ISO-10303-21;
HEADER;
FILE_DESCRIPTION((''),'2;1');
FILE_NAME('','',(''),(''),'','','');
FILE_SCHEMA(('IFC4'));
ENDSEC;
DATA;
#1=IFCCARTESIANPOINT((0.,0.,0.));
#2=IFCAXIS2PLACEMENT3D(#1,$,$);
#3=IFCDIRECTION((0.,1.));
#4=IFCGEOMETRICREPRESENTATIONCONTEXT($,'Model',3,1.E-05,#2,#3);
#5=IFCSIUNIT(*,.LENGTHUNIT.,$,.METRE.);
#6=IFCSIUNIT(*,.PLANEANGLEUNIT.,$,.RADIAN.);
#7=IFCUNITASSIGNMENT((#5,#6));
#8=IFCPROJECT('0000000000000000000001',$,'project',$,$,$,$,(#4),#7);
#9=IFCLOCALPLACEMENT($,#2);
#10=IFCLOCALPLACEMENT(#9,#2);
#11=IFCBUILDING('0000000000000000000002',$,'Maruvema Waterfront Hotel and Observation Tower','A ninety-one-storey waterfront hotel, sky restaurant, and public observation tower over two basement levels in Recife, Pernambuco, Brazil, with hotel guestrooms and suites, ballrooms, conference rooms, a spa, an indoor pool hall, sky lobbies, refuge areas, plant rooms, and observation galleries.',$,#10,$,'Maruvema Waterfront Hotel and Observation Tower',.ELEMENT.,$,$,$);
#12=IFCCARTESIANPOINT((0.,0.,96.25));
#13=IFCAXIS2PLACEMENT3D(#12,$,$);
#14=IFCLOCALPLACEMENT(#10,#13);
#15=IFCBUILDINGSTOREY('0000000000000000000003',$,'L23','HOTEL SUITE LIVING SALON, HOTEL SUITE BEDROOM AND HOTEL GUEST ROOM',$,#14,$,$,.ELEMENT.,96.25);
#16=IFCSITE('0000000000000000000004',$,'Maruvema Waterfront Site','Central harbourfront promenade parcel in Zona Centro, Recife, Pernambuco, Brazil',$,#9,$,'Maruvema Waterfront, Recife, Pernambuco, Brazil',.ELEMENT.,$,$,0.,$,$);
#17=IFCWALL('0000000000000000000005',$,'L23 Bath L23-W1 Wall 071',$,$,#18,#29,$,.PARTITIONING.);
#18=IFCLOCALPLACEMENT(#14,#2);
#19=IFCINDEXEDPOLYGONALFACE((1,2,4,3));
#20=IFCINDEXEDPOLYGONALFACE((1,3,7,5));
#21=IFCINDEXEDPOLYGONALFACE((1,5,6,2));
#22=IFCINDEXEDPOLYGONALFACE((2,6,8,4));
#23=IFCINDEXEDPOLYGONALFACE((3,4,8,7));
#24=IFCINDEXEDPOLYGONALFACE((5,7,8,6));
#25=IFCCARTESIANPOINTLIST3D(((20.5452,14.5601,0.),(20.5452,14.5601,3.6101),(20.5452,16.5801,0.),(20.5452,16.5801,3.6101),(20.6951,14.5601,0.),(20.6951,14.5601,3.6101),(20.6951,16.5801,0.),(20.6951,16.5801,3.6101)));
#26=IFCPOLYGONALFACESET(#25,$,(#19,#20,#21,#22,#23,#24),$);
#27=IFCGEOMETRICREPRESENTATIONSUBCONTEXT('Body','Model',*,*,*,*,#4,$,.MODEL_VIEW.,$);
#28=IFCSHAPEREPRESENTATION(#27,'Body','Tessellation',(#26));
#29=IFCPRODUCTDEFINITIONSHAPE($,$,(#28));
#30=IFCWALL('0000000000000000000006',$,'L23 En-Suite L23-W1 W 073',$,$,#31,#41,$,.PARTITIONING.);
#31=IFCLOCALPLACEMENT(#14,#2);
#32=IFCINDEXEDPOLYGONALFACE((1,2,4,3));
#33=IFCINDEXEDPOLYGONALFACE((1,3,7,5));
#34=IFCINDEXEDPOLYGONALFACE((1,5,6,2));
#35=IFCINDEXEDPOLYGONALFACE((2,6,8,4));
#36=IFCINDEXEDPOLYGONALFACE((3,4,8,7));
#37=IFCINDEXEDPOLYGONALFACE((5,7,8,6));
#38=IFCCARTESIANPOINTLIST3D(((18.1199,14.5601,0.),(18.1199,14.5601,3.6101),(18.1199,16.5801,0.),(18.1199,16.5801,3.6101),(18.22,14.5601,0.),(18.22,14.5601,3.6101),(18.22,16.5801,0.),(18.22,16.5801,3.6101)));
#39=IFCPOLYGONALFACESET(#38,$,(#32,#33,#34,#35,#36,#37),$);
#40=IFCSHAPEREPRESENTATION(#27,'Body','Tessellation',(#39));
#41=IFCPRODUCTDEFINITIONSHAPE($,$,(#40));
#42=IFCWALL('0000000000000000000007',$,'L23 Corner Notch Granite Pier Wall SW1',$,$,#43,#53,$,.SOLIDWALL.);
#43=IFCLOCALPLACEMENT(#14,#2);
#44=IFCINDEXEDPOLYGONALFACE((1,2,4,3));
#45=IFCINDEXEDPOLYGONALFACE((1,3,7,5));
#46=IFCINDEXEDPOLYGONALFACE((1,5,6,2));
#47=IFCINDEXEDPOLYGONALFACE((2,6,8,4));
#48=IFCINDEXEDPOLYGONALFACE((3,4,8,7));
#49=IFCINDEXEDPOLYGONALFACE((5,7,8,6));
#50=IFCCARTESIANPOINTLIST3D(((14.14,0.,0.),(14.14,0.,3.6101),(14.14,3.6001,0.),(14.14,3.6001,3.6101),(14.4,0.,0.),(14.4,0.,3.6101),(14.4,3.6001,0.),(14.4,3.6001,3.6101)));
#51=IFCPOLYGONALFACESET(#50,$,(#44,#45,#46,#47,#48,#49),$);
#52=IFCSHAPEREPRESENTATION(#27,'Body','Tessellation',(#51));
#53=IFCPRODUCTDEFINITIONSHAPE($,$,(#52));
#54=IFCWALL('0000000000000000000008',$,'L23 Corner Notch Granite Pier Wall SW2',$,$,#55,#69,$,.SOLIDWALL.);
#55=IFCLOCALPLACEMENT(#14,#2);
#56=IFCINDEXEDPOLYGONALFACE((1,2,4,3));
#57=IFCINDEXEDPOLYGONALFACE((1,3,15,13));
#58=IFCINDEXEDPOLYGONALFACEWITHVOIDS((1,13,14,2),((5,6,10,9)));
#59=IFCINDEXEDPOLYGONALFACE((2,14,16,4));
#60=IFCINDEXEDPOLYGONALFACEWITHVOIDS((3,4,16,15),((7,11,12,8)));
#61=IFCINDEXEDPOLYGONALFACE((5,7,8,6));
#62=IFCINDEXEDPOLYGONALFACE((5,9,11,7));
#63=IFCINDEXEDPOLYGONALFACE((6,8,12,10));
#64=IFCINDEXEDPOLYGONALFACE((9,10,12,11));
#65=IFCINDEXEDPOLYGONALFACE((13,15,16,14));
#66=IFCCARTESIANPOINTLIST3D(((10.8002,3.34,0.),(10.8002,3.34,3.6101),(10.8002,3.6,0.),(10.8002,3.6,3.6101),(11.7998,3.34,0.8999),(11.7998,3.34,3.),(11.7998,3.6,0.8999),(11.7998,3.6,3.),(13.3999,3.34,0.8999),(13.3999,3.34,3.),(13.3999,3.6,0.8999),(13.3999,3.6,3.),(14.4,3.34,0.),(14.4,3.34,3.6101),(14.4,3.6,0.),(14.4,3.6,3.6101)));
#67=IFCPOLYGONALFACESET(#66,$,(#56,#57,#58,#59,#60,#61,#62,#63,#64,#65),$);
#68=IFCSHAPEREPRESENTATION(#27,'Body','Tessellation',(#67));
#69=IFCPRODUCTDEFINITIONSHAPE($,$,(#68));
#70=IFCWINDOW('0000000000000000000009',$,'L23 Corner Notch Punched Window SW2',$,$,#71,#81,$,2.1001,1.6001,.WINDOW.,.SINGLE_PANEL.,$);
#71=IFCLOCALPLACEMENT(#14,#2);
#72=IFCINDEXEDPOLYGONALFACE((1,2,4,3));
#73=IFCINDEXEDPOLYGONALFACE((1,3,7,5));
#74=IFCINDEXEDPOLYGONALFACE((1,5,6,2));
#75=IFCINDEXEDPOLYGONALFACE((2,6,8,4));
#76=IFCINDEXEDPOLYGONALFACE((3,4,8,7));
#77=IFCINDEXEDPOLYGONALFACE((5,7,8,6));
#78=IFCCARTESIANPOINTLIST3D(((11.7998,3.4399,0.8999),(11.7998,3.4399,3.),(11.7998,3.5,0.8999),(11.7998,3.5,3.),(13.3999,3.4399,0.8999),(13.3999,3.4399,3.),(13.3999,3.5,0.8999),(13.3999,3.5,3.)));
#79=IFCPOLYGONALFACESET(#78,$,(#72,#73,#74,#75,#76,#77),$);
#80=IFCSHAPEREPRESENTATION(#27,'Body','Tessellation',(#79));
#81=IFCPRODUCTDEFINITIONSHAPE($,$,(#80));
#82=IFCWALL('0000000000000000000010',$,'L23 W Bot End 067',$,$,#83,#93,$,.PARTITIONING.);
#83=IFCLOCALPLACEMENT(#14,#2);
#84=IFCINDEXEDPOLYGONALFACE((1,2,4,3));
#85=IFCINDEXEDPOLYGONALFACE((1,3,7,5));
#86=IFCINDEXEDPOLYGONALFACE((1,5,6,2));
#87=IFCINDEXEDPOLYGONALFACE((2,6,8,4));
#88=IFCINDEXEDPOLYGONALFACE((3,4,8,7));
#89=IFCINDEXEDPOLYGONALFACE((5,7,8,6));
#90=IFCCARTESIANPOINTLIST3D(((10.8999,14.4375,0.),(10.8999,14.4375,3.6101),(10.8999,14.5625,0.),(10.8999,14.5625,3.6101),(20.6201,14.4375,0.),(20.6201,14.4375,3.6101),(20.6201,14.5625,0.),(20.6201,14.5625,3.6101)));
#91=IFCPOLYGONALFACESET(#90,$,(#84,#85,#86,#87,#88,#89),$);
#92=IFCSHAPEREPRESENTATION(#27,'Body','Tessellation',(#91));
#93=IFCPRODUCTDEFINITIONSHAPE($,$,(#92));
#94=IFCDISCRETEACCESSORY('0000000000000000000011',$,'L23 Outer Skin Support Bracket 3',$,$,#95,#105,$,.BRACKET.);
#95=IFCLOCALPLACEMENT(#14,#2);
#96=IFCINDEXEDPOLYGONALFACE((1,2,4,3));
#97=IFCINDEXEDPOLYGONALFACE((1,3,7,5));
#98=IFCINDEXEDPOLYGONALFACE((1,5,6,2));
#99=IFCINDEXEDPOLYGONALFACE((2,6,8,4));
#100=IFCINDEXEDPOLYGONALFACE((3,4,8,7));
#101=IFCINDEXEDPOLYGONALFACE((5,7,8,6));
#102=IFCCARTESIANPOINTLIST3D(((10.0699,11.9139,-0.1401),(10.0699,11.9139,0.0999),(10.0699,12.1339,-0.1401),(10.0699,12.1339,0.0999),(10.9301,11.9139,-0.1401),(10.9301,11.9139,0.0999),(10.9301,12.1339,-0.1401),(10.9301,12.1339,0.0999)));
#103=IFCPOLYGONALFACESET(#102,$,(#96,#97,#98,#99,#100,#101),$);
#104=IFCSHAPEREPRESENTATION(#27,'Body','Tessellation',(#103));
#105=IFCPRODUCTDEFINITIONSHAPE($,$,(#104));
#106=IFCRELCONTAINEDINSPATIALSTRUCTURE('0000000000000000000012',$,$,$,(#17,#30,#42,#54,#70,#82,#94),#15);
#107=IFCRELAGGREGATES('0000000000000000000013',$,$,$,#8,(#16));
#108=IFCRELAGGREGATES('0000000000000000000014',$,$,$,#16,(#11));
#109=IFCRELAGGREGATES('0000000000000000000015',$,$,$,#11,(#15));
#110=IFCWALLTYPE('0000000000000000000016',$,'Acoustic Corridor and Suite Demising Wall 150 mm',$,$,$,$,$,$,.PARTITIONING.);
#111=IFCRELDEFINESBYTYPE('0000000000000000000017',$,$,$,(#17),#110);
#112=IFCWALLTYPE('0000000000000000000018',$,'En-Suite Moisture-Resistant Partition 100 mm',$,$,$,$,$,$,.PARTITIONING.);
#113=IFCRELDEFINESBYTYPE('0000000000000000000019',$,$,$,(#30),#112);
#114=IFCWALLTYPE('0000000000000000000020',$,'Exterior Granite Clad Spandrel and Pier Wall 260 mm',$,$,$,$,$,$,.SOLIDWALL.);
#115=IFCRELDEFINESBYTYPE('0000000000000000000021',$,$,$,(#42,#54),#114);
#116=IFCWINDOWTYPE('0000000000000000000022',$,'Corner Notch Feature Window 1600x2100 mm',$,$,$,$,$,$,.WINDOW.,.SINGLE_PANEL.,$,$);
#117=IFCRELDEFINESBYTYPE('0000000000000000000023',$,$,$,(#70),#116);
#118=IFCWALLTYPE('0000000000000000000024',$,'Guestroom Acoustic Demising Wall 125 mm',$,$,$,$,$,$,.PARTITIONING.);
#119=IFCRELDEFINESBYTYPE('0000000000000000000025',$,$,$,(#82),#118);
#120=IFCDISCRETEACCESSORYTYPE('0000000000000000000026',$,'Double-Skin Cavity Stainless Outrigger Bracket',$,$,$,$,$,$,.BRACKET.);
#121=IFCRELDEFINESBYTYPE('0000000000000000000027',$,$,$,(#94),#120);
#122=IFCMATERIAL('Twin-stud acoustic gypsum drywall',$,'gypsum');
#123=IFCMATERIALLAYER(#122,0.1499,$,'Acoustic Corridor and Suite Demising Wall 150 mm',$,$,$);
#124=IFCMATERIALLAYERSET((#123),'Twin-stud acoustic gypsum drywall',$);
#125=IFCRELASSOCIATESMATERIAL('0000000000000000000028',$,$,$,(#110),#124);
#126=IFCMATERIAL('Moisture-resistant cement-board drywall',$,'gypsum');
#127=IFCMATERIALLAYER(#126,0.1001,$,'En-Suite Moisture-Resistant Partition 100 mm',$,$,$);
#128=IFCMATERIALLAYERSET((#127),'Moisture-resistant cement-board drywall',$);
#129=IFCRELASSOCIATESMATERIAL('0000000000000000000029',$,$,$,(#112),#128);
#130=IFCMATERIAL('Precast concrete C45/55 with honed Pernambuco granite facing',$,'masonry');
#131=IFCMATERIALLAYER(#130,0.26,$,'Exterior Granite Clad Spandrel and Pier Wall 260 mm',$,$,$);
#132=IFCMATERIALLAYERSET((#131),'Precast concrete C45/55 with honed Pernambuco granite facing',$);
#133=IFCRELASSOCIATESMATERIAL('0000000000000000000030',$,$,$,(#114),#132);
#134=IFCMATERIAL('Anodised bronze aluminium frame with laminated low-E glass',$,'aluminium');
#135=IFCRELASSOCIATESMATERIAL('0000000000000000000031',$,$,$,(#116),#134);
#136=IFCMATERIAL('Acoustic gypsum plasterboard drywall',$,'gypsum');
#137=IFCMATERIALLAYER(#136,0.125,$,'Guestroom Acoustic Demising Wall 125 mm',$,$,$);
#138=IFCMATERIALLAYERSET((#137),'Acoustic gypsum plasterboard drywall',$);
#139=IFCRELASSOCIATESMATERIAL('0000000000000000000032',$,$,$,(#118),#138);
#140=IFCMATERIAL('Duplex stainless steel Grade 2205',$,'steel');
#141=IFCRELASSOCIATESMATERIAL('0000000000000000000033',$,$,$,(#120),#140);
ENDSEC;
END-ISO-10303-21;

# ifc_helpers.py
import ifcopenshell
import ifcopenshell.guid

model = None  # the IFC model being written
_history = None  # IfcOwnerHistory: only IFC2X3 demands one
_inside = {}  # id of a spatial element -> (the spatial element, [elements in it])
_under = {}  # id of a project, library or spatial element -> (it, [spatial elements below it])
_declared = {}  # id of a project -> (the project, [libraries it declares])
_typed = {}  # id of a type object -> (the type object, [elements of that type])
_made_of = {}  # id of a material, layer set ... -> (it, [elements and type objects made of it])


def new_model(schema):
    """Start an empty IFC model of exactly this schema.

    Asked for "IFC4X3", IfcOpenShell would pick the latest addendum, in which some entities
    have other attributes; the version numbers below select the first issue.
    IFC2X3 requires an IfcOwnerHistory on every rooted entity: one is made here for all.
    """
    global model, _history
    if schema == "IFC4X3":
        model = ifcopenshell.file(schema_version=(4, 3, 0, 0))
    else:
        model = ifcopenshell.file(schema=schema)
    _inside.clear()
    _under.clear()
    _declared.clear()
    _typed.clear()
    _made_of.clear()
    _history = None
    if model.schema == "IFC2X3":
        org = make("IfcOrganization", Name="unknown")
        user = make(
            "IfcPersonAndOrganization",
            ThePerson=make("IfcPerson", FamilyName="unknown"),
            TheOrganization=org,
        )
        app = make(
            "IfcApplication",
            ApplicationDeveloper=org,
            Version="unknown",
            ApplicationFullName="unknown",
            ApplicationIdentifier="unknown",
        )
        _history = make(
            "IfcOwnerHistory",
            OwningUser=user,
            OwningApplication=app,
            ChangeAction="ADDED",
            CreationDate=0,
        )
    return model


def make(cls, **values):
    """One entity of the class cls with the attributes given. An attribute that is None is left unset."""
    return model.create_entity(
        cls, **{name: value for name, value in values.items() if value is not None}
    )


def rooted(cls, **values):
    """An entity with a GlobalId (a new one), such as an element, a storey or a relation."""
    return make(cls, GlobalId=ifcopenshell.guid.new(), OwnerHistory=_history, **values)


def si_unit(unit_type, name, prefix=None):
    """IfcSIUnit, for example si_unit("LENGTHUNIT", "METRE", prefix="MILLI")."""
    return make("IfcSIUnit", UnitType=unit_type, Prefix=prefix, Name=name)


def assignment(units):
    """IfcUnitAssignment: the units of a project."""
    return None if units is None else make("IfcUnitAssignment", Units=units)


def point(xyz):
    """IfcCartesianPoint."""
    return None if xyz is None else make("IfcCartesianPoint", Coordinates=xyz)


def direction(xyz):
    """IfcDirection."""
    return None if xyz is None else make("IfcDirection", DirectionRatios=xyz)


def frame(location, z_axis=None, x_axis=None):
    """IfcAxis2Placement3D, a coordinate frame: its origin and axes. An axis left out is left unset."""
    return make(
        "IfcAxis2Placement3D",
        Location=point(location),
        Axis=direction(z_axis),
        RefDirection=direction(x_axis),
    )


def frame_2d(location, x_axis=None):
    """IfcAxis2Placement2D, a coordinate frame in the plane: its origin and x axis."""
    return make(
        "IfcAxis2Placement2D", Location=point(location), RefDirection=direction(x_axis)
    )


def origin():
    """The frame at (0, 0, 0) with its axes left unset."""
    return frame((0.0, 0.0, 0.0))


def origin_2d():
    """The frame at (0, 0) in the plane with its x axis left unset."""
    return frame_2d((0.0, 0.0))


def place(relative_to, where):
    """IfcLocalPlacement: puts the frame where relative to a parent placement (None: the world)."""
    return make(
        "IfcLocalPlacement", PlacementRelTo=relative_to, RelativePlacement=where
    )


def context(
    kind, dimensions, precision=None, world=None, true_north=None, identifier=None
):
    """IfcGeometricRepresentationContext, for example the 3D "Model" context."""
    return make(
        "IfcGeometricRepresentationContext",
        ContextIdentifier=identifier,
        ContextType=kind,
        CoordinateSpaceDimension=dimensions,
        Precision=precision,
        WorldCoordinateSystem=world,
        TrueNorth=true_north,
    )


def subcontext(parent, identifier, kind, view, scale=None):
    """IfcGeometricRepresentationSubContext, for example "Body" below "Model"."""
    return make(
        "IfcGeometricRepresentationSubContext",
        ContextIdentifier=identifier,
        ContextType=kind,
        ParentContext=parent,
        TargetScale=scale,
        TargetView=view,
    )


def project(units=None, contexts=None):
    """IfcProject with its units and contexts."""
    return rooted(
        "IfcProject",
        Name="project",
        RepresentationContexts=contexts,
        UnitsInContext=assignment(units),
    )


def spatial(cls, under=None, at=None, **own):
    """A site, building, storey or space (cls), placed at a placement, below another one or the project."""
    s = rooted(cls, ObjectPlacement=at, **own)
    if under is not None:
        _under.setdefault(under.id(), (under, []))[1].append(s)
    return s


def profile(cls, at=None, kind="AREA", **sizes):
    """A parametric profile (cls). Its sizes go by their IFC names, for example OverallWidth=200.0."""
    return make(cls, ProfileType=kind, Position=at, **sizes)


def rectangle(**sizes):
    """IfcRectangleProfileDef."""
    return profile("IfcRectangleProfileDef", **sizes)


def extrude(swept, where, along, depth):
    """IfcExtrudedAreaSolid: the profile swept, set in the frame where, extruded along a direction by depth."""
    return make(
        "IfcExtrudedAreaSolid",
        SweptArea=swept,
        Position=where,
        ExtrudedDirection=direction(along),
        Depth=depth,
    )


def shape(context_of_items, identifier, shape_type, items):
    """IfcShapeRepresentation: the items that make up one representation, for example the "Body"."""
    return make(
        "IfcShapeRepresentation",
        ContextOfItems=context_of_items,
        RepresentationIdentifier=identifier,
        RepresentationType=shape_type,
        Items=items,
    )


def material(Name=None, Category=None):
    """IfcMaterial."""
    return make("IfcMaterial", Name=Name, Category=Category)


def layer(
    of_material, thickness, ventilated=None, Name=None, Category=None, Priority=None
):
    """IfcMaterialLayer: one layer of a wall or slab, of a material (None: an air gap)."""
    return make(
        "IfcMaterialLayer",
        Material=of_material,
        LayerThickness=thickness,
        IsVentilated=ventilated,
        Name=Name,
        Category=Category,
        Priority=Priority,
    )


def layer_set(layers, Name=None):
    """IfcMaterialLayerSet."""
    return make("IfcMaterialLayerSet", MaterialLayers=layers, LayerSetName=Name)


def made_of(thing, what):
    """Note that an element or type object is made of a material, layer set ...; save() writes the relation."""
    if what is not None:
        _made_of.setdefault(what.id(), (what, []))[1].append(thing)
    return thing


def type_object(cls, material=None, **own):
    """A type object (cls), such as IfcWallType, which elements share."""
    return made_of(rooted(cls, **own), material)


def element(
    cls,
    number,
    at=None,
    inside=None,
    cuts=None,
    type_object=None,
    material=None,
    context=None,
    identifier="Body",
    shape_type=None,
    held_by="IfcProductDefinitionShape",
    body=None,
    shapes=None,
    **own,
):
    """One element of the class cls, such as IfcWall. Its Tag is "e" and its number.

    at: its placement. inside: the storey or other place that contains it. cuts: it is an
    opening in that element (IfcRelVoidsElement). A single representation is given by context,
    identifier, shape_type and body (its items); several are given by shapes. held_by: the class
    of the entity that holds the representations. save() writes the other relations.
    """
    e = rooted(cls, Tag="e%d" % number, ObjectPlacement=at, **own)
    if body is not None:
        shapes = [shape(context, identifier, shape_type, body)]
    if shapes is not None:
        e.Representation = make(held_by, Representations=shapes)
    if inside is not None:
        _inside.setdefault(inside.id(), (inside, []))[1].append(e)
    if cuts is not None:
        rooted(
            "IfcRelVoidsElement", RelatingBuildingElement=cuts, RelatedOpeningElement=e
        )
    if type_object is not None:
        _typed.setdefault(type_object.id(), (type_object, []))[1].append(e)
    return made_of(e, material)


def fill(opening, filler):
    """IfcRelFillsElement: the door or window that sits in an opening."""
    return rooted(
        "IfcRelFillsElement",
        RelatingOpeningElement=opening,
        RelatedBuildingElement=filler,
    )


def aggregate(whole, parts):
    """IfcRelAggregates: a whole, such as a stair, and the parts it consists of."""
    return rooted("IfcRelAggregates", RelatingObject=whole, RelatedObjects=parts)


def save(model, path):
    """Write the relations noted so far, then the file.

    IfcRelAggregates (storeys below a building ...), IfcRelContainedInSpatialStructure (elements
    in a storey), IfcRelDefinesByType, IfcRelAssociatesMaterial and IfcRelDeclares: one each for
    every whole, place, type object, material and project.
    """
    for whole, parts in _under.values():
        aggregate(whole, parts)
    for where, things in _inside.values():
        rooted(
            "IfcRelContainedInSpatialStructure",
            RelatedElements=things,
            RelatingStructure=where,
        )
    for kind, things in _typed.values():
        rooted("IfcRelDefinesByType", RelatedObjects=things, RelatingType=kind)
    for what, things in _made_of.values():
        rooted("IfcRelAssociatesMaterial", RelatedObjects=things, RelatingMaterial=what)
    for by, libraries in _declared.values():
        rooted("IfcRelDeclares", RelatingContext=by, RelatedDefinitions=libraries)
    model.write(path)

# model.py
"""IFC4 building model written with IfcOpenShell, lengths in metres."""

from ifc_helpers import new_model, si_unit, direction, frame, frame_2d, origin, origin_2d, place, context, subcontext, project, spatial, rectangle, extrude, material, layer, layer_set, type_object, element, fill, save


model = new_model("IFC4")

# Units and contexts
model_context = context("Model", 3, precision=1e-05, world=origin(), true_north=direction((0.0, 1.0)))
body_context = subcontext(model_context, "Body", "Model", "MODEL_VIEW")
ifc_project = project(units=[si_unit("LENGTHUNIT", "METRE"), si_unit("PLANEANGLEUNIT", "RADIAN")], contexts=[model_context])

# Site, building, storey
site_placement = place(None, origin())
site = spatial("IfcSite", under=ifc_project, at=site_placement, Name="Maruvema Waterfront Site", Description="Central harbourfront promenade parcel in Zona Centro, Recife, Pernambuco, Brazil", LongName="Maruvema Waterfront, Recife, Pernambuco, Brazil", CompositionType="ELEMENT", RefElevation=0.0)
building_placement = place(site_placement, origin())
building = spatial("IfcBuilding", under=site, at=building_placement, Name="Maruvema Waterfront Hotel and Observation Tower", Description="A ninety-one-storey waterfront hotel, sky restaurant, and public observation tower over two basement levels in Recife, Pernambuco, Brazil, with hotel guestrooms and suites, ballrooms, conference rooms, a spa, an indoor pool hall, sky lobbies, refuge areas, plant rooms, and observation galleries.", LongName="Maruvema Waterfront Hotel and Observation Tower", CompositionType="ELEMENT")
storey_placement = place(building_placement, frame((0.0, 0.0, 96.25)))
storey = spatial("IfcBuildingStorey", under=building, at=storey_placement, Name="L23", Description="HOTEL SUITE LIVING SALON, HOTEL SUITE BEDROOM AND HOTEL GUEST ROOM", CompositionType="ELEMENT", Elevation=96.25)

# Walls
ifc_material_1 = material(Name="Twin-stud acoustic gypsum drywall", Category="gypsum")
ifc_layer_1 = layer(ifc_material_1, 0.1499, Name="Acoustic Corridor and Suite Demising Wall 150 mm")
ifc_layer_set_1 = layer_set([ifc_layer_1], Name="Twin-stud acoustic gypsum drywall")
wall_type_1 = type_object("IfcWallType", Name="Acoustic Corridor and Suite Demising Wall 150 mm", PredefinedType="PARTITIONING", material=ifc_layer_set_1)
wall_1_placement = place(storey_placement, frame((20.6201, 14.5601, 0.0), z_axis=(0.0, 0.0, 1.0), x_axis=(0.0, 1.0, 0.0)))
element("IfcWall", 1, at=wall_1_placement, inside=storey, type_object=wall_type_1, Name="L23 Bath L23-W1 Wall 071", PredefinedType="PARTITIONING", context=body_context, shape_type="SweptSolid", body=[
    extrude(rectangle(XDim=2.02, YDim=0.1499, at=frame_2d((1.01, 0.0))), origin(), (0.0, 0.0, 1.0), 3.6101),
])
ifc_material_2 = material(Name="Moisture-resistant cement-board drywall", Category="gypsum")
ifc_layer_2 = layer(ifc_material_2, 0.1001, Name="En-Suite Moisture-Resistant Partition 100 mm")
ifc_layer_set_2 = layer_set([ifc_layer_2], Name="Moisture-resistant cement-board drywall")
wall_type_2 = type_object("IfcWallType", Name="En-Suite Moisture-Resistant Partition 100 mm", PredefinedType="PARTITIONING", material=ifc_layer_set_2)
wall_2_placement = place(storey_placement, frame((18.1699, 14.5601, 0.0), z_axis=(0.0, 0.0, 1.0), x_axis=(0.0, 1.0, 0.0)))
element("IfcWall", 2, at=wall_2_placement, inside=storey, type_object=wall_type_2, Name="L23 En-Suite L23-W1 W 073", PredefinedType="PARTITIONING", context=body_context, shape_type="SweptSolid", body=[
    extrude(rectangle(XDim=2.02, YDim=0.1001, at=frame_2d((1.01, 0.0))), origin(), (0.0, 0.0, 1.0), 3.6101),
])
ifc_material_3 = material(Name="Precast concrete C45/55 with honed Pernambuco granite facing", Category="masonry")
ifc_layer_3 = layer(ifc_material_3, 0.26, Name="Exterior Granite Clad Spandrel and Pier Wall 260 mm")
ifc_layer_set_3 = layer_set([ifc_layer_3], Name="Precast concrete C45/55 with honed Pernambuco granite facing")
wall_type_3 = type_object("IfcWallType", Name="Exterior Granite Clad Spandrel and Pier Wall 260 mm", PredefinedType="SOLIDWALL", material=ifc_layer_set_3)
wall_3_placement = place(storey_placement, frame((14.27, 0.0, 0.0), z_axis=(0.0, 0.0, 1.0), x_axis=(0.0, 1.0, 0.0)))
element("IfcWall", 3, at=wall_3_placement, inside=storey, type_object=wall_type_3, Name="L23 Corner Notch Granite Pier Wall SW1", PredefinedType="SOLIDWALL", context=body_context, shape_type="SweptSolid", body=[
    extrude(rectangle(XDim=3.6001, YDim=0.26, at=frame_2d((1.8, 0.0))), origin(), (0.0, 0.0, 1.0), 3.6101),
])

# Wall, opening, window
wall_4_placement = place(storey_placement, frame((14.3999, 3.47, 0.0), z_axis=(0.0, 0.0, 1.0), x_axis=(-1.0, 0.0, 0.0)))
wall_4 = element("IfcWall", 4, at=wall_4_placement, inside=storey, type_object=wall_type_3, Name="L23 Corner Notch Granite Pier Wall SW2", PredefinedType="SOLIDWALL", context=body_context, shape_type="SweptSolid", body=[
    extrude(rectangle(XDim=3.5999, YDim=0.26, at=frame_2d((1.7998, 0.0))), origin(), (0.0, 0.0, 1.0), 3.6101),
])
opening_placement = place(wall_4_placement, frame((1.0, 0.0, 0.8999)))
opening = element("IfcOpeningElement", 5, at=opening_placement, cuts=wall_4, PredefinedType="OPENING", context=body_context, shape_type="SweptSolid", body=[
    extrude(rectangle(XDim=1.6001, YDim=2.1001, at=frame_2d((0.8, 1.05))), frame((0.0, 0.1401, 0.0), z_axis=(0.0, -1.0, 0.0), x_axis=(1.0, 0.0, 0.0)), (0.0, 0.0, 1.0), 0.28),
])
ifc_material_4 = material(Name="Anodised bronze aluminium frame with laminated low-E glass", Category="aluminium")
window_type = type_object("IfcWindowType", Name="Corner Notch Feature Window 1600x2100 mm", PartitioningType="SINGLE_PANEL", PredefinedType="WINDOW", material=ifc_material_4)
window_placement = place(opening_placement, origin())
window = element("IfcWindow", 6, at=window_placement, inside=storey, type_object=window_type, Name="L23 Corner Notch Punched Window SW2", OverallHeight=2.1001, OverallWidth=1.6001, PartitioningType="SINGLE_PANEL", PredefinedType="WINDOW", context=body_context, shape_type="SweptSolid", body=[
    extrude(rectangle(XDim=1.6001, YDim=2.1001, at=frame_2d((0.8, 1.05))), frame((0.0, 0.03, 0.0), z_axis=(0.0, -1.0, 0.0), x_axis=(1.0, 0.0, 0.0)), (0.0, 0.0, 1.0), 0.0601),
])
fill(opening, window)

# Wall
ifc_material_5 = material(Name="Acoustic gypsum plasterboard drywall", Category="gypsum")
ifc_layer_4 = layer(ifc_material_5, 0.125, Name="Guestroom Acoustic Demising Wall 125 mm")
ifc_layer_set_4 = layer_set([ifc_layer_4], Name="Acoustic gypsum plasterboard drywall")
wall_type_4 = type_object("IfcWallType", Name="Guestroom Acoustic Demising Wall 125 mm", PredefinedType="PARTITIONING", material=ifc_layer_set_4)
wall_5_placement = place(storey_placement, frame((10.8999, 14.5, 0.0), z_axis=(0.0, 0.0, 1.0), x_axis=(1.0, 0.0, 0.0)))
element("IfcWall", 7, at=wall_5_placement, inside=storey, type_object=wall_type_4, Name="L23 W Bot End 067", PredefinedType="PARTITIONING", context=body_context, shape_type="SweptSolid", body=[
    extrude(rectangle(XDim=9.7202, YDim=0.125, at=frame_2d((4.8601, 0.0))), origin(), (0.0, 0.0, 1.0), 3.6101),
])

# Discrete accessory
ifc_material_6 = material(Name="Duplex stainless steel Grade 2205", Category="steel")
discrete_accessory_type = type_object("IfcDiscreteAccessoryType", Name="Double-Skin Cavity Stainless Outrigger Bracket", PredefinedType="BRACKET", material=ifc_material_6)
discrete_accessory_placement = place(storey_placement, frame((10.5, 12.0239, -0.1401), z_axis=(0.0, 0.0, 1.0), x_axis=(0.0, -1.0, 0.0)))
element("IfcDiscreteAccessory", 8, at=discrete_accessory_placement, inside=storey, type_object=discrete_accessory_type, Name="L23 Outer Skin Support Bracket 3", PredefinedType="BRACKET", context=body_context, shape_type="SweptSolid", body=[
    extrude(rectangle(XDim=0.22, YDim=0.8601, at=origin_2d()), origin(), (0.0, 0.0, 1.0), 0.24),
])

save(model, "model.ifc")
